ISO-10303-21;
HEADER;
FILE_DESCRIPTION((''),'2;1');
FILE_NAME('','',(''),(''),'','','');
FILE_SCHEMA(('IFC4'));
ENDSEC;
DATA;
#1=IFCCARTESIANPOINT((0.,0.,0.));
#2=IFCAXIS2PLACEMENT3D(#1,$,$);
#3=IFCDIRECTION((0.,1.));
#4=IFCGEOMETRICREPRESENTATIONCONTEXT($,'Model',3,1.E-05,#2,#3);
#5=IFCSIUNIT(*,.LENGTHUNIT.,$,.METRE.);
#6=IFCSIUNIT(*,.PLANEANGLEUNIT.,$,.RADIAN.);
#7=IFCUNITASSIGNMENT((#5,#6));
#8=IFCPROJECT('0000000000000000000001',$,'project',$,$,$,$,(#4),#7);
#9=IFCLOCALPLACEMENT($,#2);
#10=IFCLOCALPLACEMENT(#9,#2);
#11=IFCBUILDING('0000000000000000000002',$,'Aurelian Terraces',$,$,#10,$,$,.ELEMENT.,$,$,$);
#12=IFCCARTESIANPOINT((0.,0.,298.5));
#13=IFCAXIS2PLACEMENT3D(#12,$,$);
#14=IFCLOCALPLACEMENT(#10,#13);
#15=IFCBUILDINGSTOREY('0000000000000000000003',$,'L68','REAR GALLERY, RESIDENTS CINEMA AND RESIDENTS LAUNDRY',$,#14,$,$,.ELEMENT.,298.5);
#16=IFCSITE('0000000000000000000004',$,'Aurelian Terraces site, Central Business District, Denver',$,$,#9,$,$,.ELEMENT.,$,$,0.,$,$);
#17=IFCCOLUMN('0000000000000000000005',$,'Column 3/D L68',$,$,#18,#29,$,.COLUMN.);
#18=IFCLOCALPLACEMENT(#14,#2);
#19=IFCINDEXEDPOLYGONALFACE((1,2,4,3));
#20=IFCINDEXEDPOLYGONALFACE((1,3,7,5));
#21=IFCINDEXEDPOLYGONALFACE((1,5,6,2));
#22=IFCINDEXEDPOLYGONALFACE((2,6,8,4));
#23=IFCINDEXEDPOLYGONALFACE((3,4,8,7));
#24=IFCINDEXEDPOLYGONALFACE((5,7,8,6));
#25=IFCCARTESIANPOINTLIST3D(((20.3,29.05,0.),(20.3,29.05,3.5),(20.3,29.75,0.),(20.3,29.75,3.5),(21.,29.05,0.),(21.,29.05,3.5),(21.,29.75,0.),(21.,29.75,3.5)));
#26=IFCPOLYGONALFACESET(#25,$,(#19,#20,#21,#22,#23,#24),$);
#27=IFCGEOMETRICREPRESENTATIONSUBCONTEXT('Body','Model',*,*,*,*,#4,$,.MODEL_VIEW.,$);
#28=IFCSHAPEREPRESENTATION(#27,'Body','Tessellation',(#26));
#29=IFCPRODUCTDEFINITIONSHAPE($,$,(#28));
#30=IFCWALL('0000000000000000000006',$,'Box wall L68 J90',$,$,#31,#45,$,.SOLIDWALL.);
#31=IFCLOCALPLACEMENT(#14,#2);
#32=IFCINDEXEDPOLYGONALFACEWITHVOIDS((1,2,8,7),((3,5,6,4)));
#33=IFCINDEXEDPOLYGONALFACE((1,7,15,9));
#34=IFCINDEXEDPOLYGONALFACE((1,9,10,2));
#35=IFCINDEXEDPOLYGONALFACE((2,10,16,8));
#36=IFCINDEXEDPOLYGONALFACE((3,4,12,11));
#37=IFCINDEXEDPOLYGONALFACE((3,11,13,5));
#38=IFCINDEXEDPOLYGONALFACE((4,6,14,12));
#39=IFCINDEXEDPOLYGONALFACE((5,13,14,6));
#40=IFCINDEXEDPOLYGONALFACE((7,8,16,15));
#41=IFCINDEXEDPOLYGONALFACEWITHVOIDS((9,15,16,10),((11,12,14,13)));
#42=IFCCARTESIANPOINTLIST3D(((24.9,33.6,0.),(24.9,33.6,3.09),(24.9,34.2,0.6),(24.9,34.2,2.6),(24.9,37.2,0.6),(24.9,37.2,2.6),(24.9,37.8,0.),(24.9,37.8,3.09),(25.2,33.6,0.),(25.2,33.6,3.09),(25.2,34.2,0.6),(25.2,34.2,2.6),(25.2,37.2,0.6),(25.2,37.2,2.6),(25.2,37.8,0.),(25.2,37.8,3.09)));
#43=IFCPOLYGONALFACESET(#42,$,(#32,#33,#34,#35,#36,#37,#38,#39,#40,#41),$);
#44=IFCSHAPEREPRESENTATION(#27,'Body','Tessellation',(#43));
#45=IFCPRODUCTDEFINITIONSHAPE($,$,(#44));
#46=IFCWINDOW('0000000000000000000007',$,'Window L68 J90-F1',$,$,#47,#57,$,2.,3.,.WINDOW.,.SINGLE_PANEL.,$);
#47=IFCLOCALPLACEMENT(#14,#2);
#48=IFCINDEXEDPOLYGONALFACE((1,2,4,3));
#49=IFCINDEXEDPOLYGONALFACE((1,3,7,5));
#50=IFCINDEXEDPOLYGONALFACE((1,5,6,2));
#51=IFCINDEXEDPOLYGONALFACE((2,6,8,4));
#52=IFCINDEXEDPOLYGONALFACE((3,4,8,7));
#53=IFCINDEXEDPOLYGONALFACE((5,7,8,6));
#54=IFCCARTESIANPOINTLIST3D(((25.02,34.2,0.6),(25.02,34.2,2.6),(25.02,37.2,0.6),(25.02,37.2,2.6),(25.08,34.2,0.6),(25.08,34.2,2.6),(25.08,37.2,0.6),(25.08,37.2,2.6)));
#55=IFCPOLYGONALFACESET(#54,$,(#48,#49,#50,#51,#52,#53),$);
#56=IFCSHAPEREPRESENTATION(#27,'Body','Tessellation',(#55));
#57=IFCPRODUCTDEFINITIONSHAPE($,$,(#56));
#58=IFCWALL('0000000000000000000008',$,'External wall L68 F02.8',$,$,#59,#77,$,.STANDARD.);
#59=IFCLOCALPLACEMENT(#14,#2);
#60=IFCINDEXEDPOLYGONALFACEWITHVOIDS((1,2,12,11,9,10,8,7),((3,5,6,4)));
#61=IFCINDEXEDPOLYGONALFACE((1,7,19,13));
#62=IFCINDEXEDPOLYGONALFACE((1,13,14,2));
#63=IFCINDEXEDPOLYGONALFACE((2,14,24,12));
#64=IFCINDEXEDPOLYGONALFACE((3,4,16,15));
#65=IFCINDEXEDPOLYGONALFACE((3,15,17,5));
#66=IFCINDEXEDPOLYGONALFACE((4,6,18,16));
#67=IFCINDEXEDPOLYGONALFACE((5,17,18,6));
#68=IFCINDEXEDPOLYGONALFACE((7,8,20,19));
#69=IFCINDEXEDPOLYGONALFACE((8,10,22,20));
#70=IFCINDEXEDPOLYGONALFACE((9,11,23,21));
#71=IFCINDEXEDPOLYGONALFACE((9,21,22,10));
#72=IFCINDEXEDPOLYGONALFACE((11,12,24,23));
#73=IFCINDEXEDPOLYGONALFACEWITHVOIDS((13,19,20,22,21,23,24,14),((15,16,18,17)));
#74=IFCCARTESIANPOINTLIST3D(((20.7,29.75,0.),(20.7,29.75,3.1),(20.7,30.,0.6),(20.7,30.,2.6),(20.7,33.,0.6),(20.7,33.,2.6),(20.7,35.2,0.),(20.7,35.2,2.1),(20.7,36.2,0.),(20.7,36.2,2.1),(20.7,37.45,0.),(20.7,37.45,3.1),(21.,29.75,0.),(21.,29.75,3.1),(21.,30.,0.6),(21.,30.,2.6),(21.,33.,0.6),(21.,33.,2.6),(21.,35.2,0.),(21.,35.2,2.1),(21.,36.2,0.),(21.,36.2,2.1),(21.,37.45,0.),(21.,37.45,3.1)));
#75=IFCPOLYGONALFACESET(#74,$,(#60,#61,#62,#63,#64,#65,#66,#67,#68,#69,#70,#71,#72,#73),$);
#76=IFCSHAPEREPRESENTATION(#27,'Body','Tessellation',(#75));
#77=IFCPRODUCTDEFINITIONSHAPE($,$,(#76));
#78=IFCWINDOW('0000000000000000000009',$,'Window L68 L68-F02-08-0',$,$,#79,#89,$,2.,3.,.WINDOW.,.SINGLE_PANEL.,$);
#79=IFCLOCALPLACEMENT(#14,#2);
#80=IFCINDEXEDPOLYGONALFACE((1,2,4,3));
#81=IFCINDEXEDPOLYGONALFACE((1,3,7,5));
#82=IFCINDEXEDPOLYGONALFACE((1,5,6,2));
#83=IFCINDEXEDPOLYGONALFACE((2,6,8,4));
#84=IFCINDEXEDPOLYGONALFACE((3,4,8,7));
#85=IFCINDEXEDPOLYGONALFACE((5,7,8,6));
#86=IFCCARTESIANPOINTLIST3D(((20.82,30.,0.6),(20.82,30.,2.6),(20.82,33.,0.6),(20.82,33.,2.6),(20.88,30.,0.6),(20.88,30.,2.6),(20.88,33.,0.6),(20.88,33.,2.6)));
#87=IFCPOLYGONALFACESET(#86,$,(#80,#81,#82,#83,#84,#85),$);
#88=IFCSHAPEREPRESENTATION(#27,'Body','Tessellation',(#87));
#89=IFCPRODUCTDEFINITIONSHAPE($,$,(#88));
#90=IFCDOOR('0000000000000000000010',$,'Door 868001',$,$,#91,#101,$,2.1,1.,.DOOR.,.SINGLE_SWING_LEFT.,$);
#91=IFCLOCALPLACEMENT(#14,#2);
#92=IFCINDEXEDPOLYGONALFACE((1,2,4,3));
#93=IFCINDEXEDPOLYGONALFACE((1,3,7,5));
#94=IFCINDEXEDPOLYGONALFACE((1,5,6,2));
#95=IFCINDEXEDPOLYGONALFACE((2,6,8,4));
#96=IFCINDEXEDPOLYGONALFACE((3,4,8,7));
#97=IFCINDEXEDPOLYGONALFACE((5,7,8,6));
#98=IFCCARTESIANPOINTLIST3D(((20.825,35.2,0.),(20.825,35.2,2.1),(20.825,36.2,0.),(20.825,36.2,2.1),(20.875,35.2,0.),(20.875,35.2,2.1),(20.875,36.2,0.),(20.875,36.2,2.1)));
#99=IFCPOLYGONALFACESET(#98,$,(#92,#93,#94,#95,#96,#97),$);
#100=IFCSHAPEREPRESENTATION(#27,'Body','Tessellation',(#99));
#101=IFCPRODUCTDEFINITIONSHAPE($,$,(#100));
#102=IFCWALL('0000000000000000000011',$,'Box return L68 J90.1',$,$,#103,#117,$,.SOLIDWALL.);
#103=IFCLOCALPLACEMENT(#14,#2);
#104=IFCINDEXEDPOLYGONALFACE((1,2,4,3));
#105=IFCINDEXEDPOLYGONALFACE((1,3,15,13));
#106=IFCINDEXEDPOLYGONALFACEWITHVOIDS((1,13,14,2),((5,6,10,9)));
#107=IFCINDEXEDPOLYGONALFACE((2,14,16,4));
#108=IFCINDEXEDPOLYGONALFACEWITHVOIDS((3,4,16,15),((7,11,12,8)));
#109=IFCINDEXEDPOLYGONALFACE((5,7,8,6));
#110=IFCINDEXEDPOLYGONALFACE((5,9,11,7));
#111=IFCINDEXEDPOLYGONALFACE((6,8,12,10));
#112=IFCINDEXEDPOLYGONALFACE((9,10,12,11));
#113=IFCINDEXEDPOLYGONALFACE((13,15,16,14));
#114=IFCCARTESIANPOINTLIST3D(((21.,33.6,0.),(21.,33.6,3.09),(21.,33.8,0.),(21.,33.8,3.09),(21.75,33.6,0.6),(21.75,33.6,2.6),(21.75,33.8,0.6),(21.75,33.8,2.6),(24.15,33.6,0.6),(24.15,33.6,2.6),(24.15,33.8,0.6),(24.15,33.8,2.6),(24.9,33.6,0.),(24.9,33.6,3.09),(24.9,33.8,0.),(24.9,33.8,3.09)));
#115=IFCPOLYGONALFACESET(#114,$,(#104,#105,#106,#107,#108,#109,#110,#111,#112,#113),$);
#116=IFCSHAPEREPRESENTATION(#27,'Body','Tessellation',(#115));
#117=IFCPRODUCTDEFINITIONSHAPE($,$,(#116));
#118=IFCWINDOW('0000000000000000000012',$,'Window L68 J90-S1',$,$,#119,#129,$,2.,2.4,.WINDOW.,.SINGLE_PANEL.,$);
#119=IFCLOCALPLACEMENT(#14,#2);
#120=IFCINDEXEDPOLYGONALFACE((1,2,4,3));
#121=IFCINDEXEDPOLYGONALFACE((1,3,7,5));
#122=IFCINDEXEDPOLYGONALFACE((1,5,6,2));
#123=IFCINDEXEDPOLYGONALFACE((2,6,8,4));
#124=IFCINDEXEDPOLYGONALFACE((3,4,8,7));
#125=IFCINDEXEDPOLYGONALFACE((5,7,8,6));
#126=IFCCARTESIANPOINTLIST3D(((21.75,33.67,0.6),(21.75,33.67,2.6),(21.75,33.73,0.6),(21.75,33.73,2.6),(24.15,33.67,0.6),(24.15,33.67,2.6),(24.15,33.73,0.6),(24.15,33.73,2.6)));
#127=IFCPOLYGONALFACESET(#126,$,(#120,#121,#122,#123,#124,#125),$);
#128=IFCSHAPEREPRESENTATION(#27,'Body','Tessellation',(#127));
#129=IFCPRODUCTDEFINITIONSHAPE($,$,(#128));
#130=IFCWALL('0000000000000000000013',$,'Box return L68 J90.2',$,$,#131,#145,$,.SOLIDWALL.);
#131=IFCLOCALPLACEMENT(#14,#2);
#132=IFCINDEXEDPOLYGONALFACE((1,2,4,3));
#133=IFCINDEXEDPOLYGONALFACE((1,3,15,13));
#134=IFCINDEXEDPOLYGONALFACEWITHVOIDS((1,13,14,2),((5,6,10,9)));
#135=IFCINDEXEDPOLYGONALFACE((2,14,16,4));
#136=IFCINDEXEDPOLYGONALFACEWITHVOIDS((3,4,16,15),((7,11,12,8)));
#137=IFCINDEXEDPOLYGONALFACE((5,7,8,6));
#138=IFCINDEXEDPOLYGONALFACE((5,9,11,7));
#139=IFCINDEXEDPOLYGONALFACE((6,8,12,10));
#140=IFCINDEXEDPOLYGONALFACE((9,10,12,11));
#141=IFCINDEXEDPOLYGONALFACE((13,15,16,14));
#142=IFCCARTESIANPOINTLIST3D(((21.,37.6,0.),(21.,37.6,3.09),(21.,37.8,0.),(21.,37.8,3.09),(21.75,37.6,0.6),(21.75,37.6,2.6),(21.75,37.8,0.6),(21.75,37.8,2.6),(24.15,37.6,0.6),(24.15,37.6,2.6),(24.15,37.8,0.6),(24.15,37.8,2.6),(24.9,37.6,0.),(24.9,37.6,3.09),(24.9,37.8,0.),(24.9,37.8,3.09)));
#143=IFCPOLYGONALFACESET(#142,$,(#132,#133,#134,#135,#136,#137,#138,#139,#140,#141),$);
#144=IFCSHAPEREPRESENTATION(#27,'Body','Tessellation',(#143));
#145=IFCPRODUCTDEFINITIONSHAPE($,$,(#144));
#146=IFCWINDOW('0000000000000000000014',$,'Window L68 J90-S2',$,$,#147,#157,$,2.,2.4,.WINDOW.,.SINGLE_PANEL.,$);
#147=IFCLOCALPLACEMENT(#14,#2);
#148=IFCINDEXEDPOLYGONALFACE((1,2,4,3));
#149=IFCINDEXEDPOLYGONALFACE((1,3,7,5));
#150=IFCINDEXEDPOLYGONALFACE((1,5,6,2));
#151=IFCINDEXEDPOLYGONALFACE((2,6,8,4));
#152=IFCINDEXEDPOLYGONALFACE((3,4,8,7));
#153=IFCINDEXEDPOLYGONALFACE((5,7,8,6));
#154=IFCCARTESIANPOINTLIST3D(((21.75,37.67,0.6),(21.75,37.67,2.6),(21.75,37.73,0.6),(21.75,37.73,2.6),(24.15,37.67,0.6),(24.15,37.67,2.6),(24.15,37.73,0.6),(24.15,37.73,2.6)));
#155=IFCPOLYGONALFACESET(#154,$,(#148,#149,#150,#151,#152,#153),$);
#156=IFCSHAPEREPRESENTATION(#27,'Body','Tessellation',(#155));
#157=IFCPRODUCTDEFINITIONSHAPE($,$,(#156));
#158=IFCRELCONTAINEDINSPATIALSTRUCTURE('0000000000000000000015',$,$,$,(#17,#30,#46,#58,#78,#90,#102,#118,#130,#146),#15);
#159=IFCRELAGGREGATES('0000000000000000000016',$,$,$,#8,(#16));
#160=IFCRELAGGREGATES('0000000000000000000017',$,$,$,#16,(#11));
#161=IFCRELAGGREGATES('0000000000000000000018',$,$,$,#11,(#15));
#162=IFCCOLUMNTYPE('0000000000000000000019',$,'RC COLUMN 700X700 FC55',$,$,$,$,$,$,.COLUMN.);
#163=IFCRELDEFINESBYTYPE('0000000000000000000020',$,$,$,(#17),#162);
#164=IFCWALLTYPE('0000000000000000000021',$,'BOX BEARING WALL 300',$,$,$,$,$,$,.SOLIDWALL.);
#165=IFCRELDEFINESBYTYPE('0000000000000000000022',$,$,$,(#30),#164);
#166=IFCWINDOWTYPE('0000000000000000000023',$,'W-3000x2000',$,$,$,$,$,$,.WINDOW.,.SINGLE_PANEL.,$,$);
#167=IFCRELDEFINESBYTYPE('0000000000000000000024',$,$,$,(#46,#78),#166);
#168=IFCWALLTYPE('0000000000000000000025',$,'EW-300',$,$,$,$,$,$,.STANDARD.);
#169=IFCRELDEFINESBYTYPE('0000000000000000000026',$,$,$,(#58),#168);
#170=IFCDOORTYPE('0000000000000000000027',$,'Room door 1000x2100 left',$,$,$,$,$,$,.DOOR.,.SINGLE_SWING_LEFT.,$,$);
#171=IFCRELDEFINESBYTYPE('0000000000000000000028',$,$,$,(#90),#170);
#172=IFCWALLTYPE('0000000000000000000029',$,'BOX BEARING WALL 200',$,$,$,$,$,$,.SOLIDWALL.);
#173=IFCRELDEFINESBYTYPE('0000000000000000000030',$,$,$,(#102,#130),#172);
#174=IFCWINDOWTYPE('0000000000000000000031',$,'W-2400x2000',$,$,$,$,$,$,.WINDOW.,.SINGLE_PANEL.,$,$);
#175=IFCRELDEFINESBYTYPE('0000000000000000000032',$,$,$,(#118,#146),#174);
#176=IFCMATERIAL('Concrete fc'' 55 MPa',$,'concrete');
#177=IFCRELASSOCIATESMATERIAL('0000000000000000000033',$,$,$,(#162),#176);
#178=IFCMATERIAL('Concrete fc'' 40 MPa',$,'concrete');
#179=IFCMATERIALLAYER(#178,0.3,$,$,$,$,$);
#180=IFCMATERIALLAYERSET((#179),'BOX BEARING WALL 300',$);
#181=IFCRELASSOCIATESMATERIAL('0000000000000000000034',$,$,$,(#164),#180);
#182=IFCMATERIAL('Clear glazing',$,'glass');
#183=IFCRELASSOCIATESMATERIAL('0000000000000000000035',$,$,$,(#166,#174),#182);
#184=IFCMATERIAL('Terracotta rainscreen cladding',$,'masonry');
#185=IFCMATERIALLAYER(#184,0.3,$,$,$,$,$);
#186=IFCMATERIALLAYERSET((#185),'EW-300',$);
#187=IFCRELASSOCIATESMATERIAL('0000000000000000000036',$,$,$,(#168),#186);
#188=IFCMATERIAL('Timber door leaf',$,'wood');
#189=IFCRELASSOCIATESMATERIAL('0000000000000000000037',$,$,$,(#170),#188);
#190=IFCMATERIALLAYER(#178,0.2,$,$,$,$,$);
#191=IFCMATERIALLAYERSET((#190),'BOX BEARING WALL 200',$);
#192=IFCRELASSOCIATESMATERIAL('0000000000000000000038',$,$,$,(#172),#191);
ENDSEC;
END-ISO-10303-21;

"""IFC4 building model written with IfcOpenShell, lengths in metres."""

from ifc_helpers import new_model, si_unit, direction, frame, frame_2d, origin, origin_2d, place, context, subcontext, project, spatial, rectangle, extrude, source, transform, mapped, material, layer, layer_set, material_profile, profile_set, type_object, element, fill, save


model = new_model("IFC4")

# Units and contexts
model_context = context("Model", 3, precision=1e-05, world=origin(), true_north=direction((0.0, 1.0)))
body_context = subcontext(model_context, "Body", "Model", "MODEL_VIEW")
ifc_project = project(units=[si_unit("LENGTHUNIT", "METRE"), si_unit("PLANEANGLEUNIT", "RADIAN")], contexts=[model_context])

# Site, building, storey
site_placement = place(None, origin())
site = spatial("IfcSite", under=ifc_project, at=site_placement, Name="Aurelian Terraces site, Central Business District, Denver", CompositionType="ELEMENT", RefElevation=0.0)
building_placement = place(site_placement, origin())
building = spatial("IfcBuilding", under=site, at=building_placement, Name="Aurelian Terraces", CompositionType="ELEMENT")
storey_placement = place(building_placement, frame((0.0, 0.0, 298.5)))
storey = spatial("IfcBuildingStorey", under=building, at=storey_placement, Name="L68", Description="REAR GALLERY, RESIDENTS CINEMA AND RESIDENTS LAUNDRY", CompositionType="ELEMENT", Elevation=298.5)

# Column
ifc_material_1 = material(Name="Concrete fc' 55 MPa", Category="concrete")
ifc_material_profile = material_profile(ifc_material_1, rectangle(XDim=0.7, YDim=0.7, at=origin_2d()))
ifc_profile_set = profile_set([ifc_material_profile], Name="Concrete fc' 55 MPa")
column_type = type_object("IfcColumnType", Name="RC COLUMN 700X700 FC55", PredefinedType="COLUMN", material=ifc_profile_set)
shared_shape_1 = source(origin(), body_context, "Body", "SweptSolid", [
    extrude(rectangle(XDim=0.7, YDim=0.7, at=origin_2d()), origin(), (0.0, 0.0, 1.0), 3.5),
])
column_placement = place(storey_placement, frame((20.65, 29.4, 0.0), z_axis=(0.0, 0.0, 1.0), x_axis=(1.0, 0.0, 0.0)))
element("IfcColumn", 1, at=column_placement, inside=storey, type_object=column_type, Name="Column 3/D L68", PredefinedType="COLUMN", context=body_context, shape_type="MappedRepresentation", body=[
    mapped(shared_shape_1, transform((0.0, 0.0, 0.0), scale=1.0)),
])

# Wall, opening, window
ifc_material_2 = material(Name="Concrete fc' 40 MPa", Category="concrete")
ifc_layer_1 = layer(ifc_material_2, 0.3)
ifc_layer_set_1 = layer_set([ifc_layer_1], Name="BOX BEARING WALL 300")
wall_type_1 = type_object("IfcWallType", Name="BOX BEARING WALL 300", PredefinedType="SOLIDWALL", material=ifc_layer_set_1)
wall_1_placement = place(storey_placement, frame((25.05, 33.6, 0.0), z_axis=(0.0, 0.0, 1.0), x_axis=(0.0, 1.0, 0.0)))
wall_1 = element("IfcWall", 2, at=wall_1_placement, inside=storey, type_object=wall_type_1, Name="Box wall L68 J90", PredefinedType="SOLIDWALL", context=body_context, shape_type="SweptSolid", body=[
    extrude(rectangle(XDim=4.2, YDim=0.3, at=frame_2d((2.1, 0.0))), origin(), (0.0, 0.0, 1.0), 3.09),
])
shared_shape_2 = source(origin(), body_context, "Body", "SweptSolid", [
    extrude(rectangle(XDim=3.0, YDim=2.0, at=frame_2d((1.5, 1.0))), frame((0.0, 0.16, 0.0), z_axis=(0.0, -1.0, 0.0), x_axis=(1.0, 0.0, 0.0)), (0.0, 0.0, 1.0), 0.32),
])
opening_1_placement = place(wall_1_placement, frame((0.6, 0.0, 0.6)))
opening_1 = element("IfcOpeningElement", 3, at=opening_1_placement, cuts=wall_1, PredefinedType="OPENING", context=body_context, shape_type="MappedRepresentation", body=[
    mapped(shared_shape_2, transform((0.0, 0.0, 0.0), scale=1.0)),
])
ifc_material_3 = material(Name="Clear glazing", Category="glass")
window_type_1 = type_object("IfcWindowType", Name="W-3000x2000", PartitioningType="SINGLE_PANEL", PredefinedType="WINDOW", material=ifc_material_3)
shared_shape_3 = source(origin(), body_context, "Body", "SweptSolid", [
    extrude(rectangle(XDim=3.0, YDim=2.0, at=frame_2d((1.5, 1.0))), frame((0.0, 0.03, 0.0), z_axis=(0.0, -1.0, 0.0), x_axis=(1.0, 0.0, 0.0)), (0.0, 0.0, 1.0), 0.06),
])
window_1_placement = place(opening_1_placement, origin())
window_1 = element("IfcWindow", 4, at=window_1_placement, inside=storey, type_object=window_type_1, Name="Window L68 J90-F1", OverallHeight=2.0, OverallWidth=3.0, PartitioningType="SINGLE_PANEL", PredefinedType="WINDOW", context=body_context, shape_type="MappedRepresentation", body=[
    mapped(shared_shape_3, transform((0.0, 0.0, 0.0), scale=1.0)),
])
fill(opening_1, window_1)

# Wall, openings, window, door
ifc_material_4 = material(Name="Terracotta rainscreen cladding", Category="masonry")
ifc_layer_2 = layer(ifc_material_4, 0.3)
ifc_layer_set_2 = layer_set([ifc_layer_2], Name="EW-300")
wall_type_2 = type_object("IfcWallType", Name="EW-300", PredefinedType="STANDARD", material=ifc_layer_set_2)
shared_shape_4 = source(origin(), body_context, "Body", "SweptSolid", [
    extrude(rectangle(XDim=7.7, YDim=0.3, at=frame_2d((3.85, 0.0))), origin(), (0.0, 0.0, 1.0), 3.1),
])
wall_2_placement = place(storey_placement, frame((20.85, 29.75, 0.0), z_axis=(0.0, 0.0, 1.0), x_axis=(0.0, 1.0, 0.0)))
wall_2 = element("IfcWall", 5, at=wall_2_placement, inside=storey, type_object=wall_type_2, Name="External wall L68 F02.8", PredefinedType="STANDARD", context=body_context, shape_type="MappedRepresentation", body=[
    mapped(shared_shape_4, transform((0.0, 0.0, 0.0), scale=1.0)),
])
opening_2_placement = place(wall_2_placement, frame((0.25, 0.0, 0.6)))
opening_2 = element("IfcOpeningElement", 6, at=opening_2_placement, cuts=wall_2, PredefinedType="OPENING", context=body_context, shape_type="MappedRepresentation", body=[
    mapped(shared_shape_2, transform((0.0, 0.0, 0.0), scale=1.0)),
])
shared_shape_5 = source(origin(), body_context, "Body", "SweptSolid", [
    extrude(rectangle(XDim=1.0, YDim=2.1, at=frame_2d((0.5, 1.05))), frame((0.0, 0.16, 0.0), z_axis=(0.0, -1.0, 0.0), x_axis=(1.0, 0.0, 0.0)), (0.0, 0.0, 1.0), 0.32),
])
opening_3_placement = place(wall_2_placement, frame((5.45, 0.0, 0.0)))
opening_3 = element("IfcOpeningElement", 7, at=opening_3_placement, cuts=wall_2, PredefinedType="OPENING", context=body_context, shape_type="MappedRepresentation", body=[
    mapped(shared_shape_5, transform((0.0, 0.0, 0.0), scale=1.0)),
])
window_2_placement = place(opening_2_placement, origin())
window_2 = element("IfcWindow", 8, at=window_2_placement, inside=storey, type_object=window_type_1, Name="Window L68 L68-F02-08-0", OverallHeight=2.0, OverallWidth=3.0, PartitioningType="SINGLE_PANEL", PredefinedType="WINDOW", context=body_context, shape_type="MappedRepresentation", body=[
    mapped(shared_shape_3, transform((0.0, 0.0, 0.0), scale=1.0)),
])
fill(opening_2, window_2)
ifc_material_5 = material(Name="Timber door leaf", Category="wood")
door_type_1 = type_object("IfcDoorType", Name="Room door 1000x2100 left", OperationType="SINGLE_SWING_LEFT", PredefinedType="DOOR", material=ifc_material_5)
shared_shape_6 = source(origin(), body_context, "Body", "SweptSolid", [
    extrude(rectangle(XDim=1.0, YDim=2.1, at=frame_2d((0.5, 1.05))), frame((0.0, 0.025, 0.0), z_axis=(0.0, -1.0, 0.0), x_axis=(1.0, 0.0, 0.0)), (0.0, 0.0, 1.0), 0.05),
])
door_1_placement = place(opening_3_placement, origin())
door_1 = element("IfcDoor", 9, at=door_1_placement, inside=storey, type_object=door_type_1, Name="Door 868001", OperationType="SINGLE_SWING_LEFT", OverallHeight=2.1, OverallWidth=1.0, PredefinedType="DOOR", context=body_context, shape_type="MappedRepresentation", body=[
    mapped(shared_shape_6, transform((0.0, 0.0, 0.0), scale=1.0)),
])
fill(opening_3, door_1)

# Walls, openings, windows
ifc_layer_3 = layer(ifc_material_2, 0.2)
ifc_layer_set_3 = layer_set([ifc_layer_3], Name="BOX BEARING WALL 200")
wall_type_3 = type_object("IfcWallType", Name="BOX BEARING WALL 200", PredefinedType="SOLIDWALL", material=ifc_layer_set_3)
shared_shape_7 = source(origin(), body_context, "Body", "SweptSolid", [
    extrude(rectangle(XDim=3.9, YDim=0.2, at=frame_2d((1.95, 0.0))), origin(), (0.0, 0.0, 1.0), 3.09),
])
wall_3_placement = place(storey_placement, frame((21.0, 33.7, 0.0), z_axis=(0.0, 0.0, 1.0), x_axis=(1.0, 0.0, 0.0)))
wall_3 = element("IfcWall", 10, at=wall_3_placement, inside=storey, type_object=wall_type_3, Name="Box return L68 J90.1", PredefinedType="SOLIDWALL", context=body_context, shape_type="MappedRepresentation", body=[
    mapped(shared_shape_7, transform((0.0, 0.0, 0.0), scale=1.0)),
])
shared_shape_8 = source(origin(), body_context, "Body", "SweptSolid", [
    extrude(rectangle(XDim=2.4, YDim=2.0, at=frame_2d((1.2, 1.0))), frame((0.0, 0.11, 0.0), z_axis=(0.0, -1.0, 0.0), x_axis=(1.0, 0.0, 0.0)), (0.0, 0.0, 1.0), 0.22),
])
opening_4_placement = place(wall_3_placement, frame((0.75, 0.0, 0.6)))
opening_4 = element("IfcOpeningElement", 11, at=opening_4_placement, cuts=wall_3, PredefinedType="OPENING", context=body_context, shape_type="MappedRepresentation", body=[
    mapped(shared_shape_8, transform((0.0, 0.0, 0.0), scale=1.0)),
])
window_type_2 = type_object("IfcWindowType", Name="W-2400x2000", PartitioningType="SINGLE_PANEL", PredefinedType="WINDOW", material=ifc_material_3)
shared_shape_9 = source(origin(), body_context, "Body", "SweptSolid", [
    extrude(rectangle(XDim=2.4, YDim=2.0, at=frame_2d((1.2, 1.0))), frame((0.0, 0.03, 0.0), z_axis=(0.0, -1.0, 0.0), x_axis=(1.0, 0.0, 0.0)), (0.0, 0.0, 1.0), 0.06),
])
window_3_placement = place(opening_4_placement, origin())
window_3 = element("IfcWindow", 12, at=window_3_placement, inside=storey, type_object=window_type_2, Name="Window L68 J90-S1", OverallHeight=2.0, OverallWidth=2.4, PartitioningType="SINGLE_PANEL", PredefinedType="WINDOW", context=body_context, shape_type="MappedRepresentation", body=[
    mapped(shared_shape_9, transform((0.0, 0.0, 0.0), scale=1.0)),
])
fill(opening_4, window_3)
wall_4_placement = place(storey_placement, frame((21.0, 37.7, 0.0), z_axis=(0.0, 0.0, 1.0), x_axis=(1.0, 0.0, 0.0)))
wall_4 = element("IfcWall", 13, at=wall_4_placement, inside=storey, type_object=wall_type_3, Name="Box return L68 J90.2", PredefinedType="SOLIDWALL", context=body_context, shape_type="MappedRepresentation", body=[
    mapped(shared_shape_7, transform((0.0, 0.0, 0.0), scale=1.0)),
])
opening_5_placement = place(wall_4_placement, frame((0.75, 0.0, 0.6)))
opening_5 = element("IfcOpeningElement", 14, at=opening_5_placement, cuts=wall_4, PredefinedType="OPENING", context=body_context, shape_type="MappedRepresentation", body=[
    mapped(shared_shape_8, transform((0.0, 0.0, 0.0), scale=1.0)),
])
window_4_placement = place(opening_5_placement, origin())
window_4 = element("IfcWindow", 15, at=window_4_placement, inside=storey, type_object=window_type_2, Name="Window L68 J90-S2", OverallHeight=2.0, OverallWidth=2.4, PartitioningType="SINGLE_PANEL", PredefinedType="WINDOW", context=body_context, shape_type="MappedRepresentation", body=[
    mapped(shared_shape_9, transform((0.0, 0.0, 0.0), scale=1.0)),
])
fill(opening_5, window_4)

save(model, "model.ifc")
